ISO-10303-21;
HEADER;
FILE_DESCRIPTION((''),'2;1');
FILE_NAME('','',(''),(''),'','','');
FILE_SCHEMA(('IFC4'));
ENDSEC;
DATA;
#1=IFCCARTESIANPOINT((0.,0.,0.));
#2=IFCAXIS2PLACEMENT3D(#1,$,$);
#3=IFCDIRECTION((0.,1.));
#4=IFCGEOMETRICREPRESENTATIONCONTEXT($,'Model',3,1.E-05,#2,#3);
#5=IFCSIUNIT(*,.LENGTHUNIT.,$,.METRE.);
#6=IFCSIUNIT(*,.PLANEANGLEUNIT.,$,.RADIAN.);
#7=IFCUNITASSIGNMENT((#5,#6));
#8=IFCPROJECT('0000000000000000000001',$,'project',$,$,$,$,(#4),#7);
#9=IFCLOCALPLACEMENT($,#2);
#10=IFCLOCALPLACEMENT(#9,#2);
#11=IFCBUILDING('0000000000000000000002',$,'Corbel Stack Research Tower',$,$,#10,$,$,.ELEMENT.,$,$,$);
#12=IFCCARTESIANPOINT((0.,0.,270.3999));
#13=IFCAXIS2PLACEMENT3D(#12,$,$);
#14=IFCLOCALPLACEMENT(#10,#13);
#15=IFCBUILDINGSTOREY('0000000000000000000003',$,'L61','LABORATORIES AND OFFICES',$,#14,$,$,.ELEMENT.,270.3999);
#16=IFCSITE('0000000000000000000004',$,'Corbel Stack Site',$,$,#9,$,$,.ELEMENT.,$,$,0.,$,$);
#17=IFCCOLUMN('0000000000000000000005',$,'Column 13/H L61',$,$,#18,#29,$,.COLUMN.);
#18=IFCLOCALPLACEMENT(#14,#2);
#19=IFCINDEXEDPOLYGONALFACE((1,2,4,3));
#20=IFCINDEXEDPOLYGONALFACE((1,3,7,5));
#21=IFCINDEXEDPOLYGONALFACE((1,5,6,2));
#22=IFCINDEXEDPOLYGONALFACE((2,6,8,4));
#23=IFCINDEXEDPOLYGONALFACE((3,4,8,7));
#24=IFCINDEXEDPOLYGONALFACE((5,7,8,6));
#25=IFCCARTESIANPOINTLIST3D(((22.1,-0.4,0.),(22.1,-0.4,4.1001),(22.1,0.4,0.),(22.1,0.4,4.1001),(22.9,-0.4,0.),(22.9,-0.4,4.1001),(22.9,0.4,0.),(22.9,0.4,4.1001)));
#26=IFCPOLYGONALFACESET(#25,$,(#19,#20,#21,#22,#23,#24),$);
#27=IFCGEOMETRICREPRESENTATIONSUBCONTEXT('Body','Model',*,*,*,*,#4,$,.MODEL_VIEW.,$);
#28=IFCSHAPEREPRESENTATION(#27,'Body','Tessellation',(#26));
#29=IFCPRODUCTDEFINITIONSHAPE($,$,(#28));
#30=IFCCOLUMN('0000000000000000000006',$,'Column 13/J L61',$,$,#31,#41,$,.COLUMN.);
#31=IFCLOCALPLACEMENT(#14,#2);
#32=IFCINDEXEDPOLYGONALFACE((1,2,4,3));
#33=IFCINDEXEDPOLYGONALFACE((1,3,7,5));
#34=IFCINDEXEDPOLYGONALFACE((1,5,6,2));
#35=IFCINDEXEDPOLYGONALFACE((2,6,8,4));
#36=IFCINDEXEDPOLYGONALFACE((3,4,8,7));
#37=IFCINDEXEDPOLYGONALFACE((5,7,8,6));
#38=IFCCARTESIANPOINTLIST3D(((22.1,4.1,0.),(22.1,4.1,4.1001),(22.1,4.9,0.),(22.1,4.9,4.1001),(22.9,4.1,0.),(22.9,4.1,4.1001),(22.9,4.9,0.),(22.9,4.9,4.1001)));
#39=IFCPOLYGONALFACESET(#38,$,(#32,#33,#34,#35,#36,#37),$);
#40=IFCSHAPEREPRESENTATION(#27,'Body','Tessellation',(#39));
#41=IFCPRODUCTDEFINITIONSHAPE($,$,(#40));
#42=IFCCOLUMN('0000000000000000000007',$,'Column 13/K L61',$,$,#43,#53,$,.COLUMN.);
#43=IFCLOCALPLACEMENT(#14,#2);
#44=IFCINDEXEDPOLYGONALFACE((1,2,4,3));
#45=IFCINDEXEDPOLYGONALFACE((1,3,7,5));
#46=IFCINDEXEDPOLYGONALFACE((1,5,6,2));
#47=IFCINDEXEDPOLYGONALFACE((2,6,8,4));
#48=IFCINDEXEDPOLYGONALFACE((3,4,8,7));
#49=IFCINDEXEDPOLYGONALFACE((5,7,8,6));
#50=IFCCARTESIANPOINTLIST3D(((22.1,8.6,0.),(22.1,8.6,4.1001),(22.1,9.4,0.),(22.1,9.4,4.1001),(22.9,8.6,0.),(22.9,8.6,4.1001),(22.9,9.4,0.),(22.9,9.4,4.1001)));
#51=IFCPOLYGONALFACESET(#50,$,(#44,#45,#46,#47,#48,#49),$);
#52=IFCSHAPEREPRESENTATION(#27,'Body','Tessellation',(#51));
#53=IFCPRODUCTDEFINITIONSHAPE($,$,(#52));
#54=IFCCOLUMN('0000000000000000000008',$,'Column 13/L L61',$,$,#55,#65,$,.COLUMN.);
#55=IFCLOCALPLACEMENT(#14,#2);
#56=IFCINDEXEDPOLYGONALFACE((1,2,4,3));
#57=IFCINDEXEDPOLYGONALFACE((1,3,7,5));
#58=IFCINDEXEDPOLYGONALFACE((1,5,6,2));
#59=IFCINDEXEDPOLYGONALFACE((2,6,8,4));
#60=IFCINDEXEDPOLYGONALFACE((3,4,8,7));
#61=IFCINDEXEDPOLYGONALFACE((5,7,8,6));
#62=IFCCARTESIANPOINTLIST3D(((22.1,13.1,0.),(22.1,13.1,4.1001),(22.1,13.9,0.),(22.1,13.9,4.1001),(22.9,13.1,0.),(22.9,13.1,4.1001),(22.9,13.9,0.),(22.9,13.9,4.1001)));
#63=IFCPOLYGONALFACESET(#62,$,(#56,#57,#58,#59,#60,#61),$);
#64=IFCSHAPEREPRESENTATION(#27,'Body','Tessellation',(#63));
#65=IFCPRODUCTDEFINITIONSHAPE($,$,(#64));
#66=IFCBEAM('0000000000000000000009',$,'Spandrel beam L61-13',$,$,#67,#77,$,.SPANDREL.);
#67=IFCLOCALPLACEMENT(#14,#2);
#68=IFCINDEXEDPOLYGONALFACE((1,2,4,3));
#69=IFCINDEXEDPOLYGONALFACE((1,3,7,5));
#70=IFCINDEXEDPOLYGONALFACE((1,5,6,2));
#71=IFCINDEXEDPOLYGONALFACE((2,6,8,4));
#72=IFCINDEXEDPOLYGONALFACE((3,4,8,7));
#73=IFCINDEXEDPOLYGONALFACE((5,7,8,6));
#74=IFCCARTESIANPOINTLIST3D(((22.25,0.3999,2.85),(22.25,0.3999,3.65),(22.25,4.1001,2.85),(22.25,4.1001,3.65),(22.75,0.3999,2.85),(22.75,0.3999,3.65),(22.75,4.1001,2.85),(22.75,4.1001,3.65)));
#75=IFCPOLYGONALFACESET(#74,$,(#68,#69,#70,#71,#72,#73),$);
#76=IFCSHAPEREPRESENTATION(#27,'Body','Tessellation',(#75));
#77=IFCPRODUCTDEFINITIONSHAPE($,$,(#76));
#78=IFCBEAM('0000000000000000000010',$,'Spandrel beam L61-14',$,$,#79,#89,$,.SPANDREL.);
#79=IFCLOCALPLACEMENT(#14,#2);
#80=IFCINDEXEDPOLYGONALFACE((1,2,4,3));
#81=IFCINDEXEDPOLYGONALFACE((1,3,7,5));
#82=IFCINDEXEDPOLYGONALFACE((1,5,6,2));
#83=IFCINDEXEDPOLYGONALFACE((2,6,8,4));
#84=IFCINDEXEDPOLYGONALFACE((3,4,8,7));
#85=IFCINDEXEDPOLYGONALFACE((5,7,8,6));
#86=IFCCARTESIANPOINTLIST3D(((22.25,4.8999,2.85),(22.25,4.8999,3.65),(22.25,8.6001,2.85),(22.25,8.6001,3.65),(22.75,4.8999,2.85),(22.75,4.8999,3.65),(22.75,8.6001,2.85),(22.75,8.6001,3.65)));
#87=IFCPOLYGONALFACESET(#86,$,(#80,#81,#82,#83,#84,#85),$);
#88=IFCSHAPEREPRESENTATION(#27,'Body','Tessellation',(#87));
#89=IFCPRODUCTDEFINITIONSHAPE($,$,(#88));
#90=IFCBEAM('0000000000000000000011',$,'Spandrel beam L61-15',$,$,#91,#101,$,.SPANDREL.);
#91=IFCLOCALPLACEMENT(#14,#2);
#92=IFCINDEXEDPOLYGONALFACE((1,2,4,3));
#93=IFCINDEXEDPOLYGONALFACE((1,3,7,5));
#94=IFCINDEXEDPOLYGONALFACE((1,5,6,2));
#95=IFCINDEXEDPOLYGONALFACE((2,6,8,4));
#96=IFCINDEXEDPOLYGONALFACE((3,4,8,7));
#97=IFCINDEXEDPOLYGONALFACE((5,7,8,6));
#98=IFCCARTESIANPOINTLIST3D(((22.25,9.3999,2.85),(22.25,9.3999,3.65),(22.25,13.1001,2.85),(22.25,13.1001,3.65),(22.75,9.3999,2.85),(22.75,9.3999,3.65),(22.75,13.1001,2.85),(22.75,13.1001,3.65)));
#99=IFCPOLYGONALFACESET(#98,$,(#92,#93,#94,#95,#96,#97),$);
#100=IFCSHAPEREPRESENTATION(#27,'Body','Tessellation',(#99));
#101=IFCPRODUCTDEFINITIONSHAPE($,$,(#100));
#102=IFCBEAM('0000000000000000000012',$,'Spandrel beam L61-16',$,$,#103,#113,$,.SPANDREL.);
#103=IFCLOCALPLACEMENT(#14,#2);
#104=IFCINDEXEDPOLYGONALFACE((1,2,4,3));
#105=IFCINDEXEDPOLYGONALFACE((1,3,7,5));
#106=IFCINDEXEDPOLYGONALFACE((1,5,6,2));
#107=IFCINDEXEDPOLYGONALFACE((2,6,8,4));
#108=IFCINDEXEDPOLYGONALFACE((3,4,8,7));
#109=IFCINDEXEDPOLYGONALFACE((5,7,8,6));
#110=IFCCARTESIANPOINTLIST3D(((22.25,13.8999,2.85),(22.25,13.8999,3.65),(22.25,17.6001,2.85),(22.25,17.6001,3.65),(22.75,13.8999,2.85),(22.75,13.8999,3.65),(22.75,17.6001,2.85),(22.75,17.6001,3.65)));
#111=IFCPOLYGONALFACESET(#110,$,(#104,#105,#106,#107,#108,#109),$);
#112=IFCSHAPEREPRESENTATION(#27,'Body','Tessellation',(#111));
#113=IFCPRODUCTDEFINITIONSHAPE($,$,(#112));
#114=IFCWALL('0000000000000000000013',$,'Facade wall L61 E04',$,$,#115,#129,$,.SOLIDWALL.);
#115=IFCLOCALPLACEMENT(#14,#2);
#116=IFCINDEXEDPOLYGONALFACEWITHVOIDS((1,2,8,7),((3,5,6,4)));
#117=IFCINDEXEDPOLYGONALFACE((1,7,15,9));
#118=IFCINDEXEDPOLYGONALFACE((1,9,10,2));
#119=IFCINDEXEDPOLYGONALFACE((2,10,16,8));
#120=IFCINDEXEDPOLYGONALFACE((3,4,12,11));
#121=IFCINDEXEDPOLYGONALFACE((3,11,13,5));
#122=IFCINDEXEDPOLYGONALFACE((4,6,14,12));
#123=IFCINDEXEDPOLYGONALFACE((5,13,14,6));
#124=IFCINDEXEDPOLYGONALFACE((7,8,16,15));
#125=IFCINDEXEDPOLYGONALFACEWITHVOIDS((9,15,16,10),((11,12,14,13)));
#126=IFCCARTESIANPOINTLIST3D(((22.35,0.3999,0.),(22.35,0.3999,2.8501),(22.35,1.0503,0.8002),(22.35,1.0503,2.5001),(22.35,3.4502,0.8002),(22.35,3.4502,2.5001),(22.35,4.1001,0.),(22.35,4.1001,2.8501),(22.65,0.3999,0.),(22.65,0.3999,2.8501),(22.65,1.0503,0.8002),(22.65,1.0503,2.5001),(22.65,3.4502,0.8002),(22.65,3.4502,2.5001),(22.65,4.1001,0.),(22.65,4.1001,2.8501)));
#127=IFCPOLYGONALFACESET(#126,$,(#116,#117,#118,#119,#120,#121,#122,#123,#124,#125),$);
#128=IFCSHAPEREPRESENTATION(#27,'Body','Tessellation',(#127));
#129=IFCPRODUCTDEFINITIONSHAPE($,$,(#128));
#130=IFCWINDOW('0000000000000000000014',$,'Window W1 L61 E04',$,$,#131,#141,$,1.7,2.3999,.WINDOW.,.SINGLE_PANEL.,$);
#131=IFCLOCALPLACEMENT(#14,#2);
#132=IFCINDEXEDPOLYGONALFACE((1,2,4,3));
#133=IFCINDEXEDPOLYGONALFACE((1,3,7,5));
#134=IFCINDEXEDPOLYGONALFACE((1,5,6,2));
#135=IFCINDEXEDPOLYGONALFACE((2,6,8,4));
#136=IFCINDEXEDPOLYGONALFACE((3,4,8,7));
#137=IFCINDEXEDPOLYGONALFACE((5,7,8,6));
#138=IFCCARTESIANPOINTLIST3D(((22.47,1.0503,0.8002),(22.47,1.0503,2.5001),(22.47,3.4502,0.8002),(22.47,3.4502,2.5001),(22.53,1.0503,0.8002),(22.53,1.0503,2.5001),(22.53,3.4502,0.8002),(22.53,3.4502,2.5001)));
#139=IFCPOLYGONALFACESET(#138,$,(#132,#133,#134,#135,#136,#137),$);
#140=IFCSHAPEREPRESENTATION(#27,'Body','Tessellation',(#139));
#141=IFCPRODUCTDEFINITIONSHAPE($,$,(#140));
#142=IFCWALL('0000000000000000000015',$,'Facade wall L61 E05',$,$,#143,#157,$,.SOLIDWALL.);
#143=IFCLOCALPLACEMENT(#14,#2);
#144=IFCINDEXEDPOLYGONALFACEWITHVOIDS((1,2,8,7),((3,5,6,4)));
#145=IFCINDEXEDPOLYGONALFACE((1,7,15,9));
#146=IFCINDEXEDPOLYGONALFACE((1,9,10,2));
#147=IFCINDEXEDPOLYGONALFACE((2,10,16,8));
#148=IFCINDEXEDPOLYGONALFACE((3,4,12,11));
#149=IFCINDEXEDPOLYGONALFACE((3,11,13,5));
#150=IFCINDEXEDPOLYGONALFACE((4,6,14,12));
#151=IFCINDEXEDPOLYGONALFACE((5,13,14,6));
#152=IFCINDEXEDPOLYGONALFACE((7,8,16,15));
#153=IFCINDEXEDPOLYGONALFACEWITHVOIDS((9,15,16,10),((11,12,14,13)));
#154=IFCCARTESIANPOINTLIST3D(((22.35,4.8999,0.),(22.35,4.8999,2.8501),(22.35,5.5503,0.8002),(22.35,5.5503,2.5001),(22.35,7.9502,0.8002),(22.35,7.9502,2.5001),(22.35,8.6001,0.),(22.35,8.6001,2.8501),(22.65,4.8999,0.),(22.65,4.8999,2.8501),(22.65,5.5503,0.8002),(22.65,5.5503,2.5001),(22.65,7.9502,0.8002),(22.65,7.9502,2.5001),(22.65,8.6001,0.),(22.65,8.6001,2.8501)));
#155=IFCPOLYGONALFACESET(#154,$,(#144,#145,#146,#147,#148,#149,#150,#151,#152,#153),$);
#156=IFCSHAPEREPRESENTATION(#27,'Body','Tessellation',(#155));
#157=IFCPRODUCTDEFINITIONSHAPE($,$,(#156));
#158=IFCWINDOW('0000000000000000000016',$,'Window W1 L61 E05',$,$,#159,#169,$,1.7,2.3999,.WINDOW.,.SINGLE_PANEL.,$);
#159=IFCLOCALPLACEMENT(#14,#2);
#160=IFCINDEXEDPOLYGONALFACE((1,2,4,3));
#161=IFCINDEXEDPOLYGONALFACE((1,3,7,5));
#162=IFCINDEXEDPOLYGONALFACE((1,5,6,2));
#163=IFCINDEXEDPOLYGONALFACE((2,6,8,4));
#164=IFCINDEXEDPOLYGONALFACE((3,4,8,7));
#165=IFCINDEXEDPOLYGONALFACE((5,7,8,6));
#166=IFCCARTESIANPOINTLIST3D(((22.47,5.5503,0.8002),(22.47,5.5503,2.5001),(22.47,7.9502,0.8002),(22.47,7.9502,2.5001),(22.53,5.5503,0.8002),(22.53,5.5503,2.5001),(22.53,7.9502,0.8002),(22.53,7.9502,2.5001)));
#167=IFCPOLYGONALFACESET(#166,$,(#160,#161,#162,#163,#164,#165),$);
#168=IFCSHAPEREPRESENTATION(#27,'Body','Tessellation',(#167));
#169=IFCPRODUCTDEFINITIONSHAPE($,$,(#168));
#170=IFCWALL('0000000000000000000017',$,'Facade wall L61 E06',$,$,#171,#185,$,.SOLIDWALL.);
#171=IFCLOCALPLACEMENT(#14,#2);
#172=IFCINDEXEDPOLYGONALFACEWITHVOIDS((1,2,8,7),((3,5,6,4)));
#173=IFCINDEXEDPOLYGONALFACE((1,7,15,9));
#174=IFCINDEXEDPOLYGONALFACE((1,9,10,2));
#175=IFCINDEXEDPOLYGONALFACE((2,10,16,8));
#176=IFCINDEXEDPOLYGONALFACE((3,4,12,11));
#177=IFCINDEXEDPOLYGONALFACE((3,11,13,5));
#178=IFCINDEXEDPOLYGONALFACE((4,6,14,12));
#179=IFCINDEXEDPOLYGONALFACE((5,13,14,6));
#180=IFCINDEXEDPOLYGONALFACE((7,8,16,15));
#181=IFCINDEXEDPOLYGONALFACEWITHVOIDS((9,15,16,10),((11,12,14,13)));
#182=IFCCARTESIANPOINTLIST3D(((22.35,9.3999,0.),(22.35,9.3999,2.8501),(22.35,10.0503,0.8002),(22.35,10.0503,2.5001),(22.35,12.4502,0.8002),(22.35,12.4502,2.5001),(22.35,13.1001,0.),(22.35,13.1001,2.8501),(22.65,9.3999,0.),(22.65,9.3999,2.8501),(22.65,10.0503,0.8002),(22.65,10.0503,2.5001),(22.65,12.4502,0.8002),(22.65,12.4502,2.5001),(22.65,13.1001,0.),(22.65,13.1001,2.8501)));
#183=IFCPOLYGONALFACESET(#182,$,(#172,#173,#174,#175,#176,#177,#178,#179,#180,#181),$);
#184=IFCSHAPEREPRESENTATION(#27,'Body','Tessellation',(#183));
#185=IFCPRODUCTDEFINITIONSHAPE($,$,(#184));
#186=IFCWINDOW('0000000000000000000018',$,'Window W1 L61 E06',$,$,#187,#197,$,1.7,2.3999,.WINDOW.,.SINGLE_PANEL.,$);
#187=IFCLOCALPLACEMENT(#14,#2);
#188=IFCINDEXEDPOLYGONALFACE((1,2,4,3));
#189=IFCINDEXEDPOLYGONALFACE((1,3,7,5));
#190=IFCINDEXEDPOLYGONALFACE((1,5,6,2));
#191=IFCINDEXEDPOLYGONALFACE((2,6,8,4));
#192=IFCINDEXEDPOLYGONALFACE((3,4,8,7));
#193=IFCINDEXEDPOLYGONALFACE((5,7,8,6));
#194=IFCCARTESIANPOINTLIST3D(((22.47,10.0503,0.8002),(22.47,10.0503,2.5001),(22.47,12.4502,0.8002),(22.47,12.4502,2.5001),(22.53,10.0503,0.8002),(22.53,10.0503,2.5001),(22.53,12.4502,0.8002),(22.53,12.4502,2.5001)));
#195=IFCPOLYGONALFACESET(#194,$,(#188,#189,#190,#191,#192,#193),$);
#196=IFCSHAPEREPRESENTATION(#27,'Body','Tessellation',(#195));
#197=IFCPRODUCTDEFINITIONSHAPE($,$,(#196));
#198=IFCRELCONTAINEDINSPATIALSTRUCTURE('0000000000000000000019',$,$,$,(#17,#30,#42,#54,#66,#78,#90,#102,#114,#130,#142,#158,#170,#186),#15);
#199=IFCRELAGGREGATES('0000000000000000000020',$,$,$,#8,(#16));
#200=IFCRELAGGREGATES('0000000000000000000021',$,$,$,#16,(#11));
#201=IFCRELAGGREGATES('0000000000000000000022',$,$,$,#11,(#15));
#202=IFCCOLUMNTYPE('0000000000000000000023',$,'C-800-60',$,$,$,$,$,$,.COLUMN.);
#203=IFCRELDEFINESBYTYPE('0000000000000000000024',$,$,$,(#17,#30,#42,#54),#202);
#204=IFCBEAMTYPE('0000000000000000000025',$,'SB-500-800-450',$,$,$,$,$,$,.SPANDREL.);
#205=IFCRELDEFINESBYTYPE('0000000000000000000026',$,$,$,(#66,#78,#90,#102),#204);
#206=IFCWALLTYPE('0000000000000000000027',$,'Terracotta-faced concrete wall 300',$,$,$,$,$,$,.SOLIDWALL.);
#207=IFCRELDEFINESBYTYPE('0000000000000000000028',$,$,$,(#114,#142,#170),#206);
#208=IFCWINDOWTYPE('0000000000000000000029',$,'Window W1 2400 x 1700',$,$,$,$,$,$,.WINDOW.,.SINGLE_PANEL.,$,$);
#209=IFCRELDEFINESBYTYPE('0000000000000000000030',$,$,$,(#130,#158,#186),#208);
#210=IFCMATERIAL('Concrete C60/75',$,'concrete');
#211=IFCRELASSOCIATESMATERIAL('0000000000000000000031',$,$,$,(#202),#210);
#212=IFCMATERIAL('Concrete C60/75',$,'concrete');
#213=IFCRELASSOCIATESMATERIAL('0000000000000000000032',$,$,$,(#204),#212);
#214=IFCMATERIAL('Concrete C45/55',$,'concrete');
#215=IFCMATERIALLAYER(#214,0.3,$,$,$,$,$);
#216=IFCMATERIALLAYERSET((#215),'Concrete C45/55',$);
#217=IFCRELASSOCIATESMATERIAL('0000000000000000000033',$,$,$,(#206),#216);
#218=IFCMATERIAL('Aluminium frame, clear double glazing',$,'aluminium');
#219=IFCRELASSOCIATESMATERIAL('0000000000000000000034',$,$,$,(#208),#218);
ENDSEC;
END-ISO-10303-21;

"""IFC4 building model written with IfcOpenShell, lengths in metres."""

from ifc_helpers import new_model, si_unit, direction, frame, frame_2d, origin, origin_2d, place, context, subcontext, project, spatial, rectangle, extrude, material, layer, layer_set, material_profile, profile_set, type_object, element, fill, save


model = new_model("IFC4")

# Units and contexts
model_context = context("Model", 3, precision=1e-05, world=origin(), true_north=direction((0.0, 1.0)))
body_context = subcontext(model_context, "Body", "Model", "MODEL_VIEW")
ifc_project = project(units=[si_unit("LENGTHUNIT", "METRE"), si_unit("PLANEANGLEUNIT", "RADIAN")], contexts=[model_context])

# Site, building, storey
site_placement = place(None, origin())
site = spatial("IfcSite", under=ifc_project, at=site_placement, Name="Corbel Stack Site", CompositionType="ELEMENT", RefElevation=0.0)
building_placement = place(site_placement, origin())
building = spatial("IfcBuilding", under=site, at=building_placement, Name="Corbel Stack Research Tower", CompositionType="ELEMENT")
storey_placement = place(building_placement, frame((0.0, 0.0, 270.3999)))
storey = spatial("IfcBuildingStorey", under=building, at=storey_placement, Name="L61", Description="LABORATORIES AND OFFICES", CompositionType="ELEMENT", Elevation=270.3999)

# Columns
ifc_material_1 = material(Name="Concrete C60/75", Category="concrete")
ifc_material_profile_1 = material_profile(ifc_material_1, rectangle(XDim=0.8, YDim=0.8, at=origin_2d()), Name="RC 800 x 800")
ifc_profile_set_1 = profile_set([ifc_material_profile_1], Name="Concrete C60/75")
column_type = type_object("IfcColumnType", Name="C-800-60", PredefinedType="COLUMN", material=ifc_profile_set_1)
for number, where, z_axis, x_axis, name in (
    (1, (22.5, 0.0, 0.0), (0.0, 0.0, 1.0), (1.0, 0.0, 0.0), "Column 13/H L61"),
    (2, (22.5, 4.5, 0.0), (0.0, 0.0, 1.0), (1.0, 0.0, 0.0), "Column 13/J L61"),
    (3, (22.5, 9.0, 0.0), (0.0, 0.0, 1.0), (1.0, 0.0, 0.0), "Column 13/K L61"),
    (4, (22.5, 13.5, 0.0), (0.0, 0.0, 1.0), (1.0, 0.0, 0.0), "Column 13/L L61"),
):
    element("IfcColumn", number, at=place(storey_placement, frame(where, z_axis=z_axis, x_axis=x_axis)), inside=storey, type_object=column_type, Name=name, PredefinedType="COLUMN", context=body_context, shape_type="SweptSolid", body=[
        extrude(rectangle(XDim=0.8, YDim=0.8, at=origin_2d()), origin(), (0.0, 0.0, 1.0), 4.1001),
    ])

# Beams
ifc_material_2 = material(Name="Concrete C60/75", Category="concrete")
ifc_material_profile_2 = material_profile(ifc_material_2, rectangle(XDim=0.5, YDim=0.8, at=origin_2d()), Name="RC 500 x 800")
ifc_profile_set_2 = profile_set([ifc_material_profile_2], Name="Concrete C60/75")
beam_type = type_object("IfcBeamType", Name="SB-500-800-450", PredefinedType="SPANDREL", material=ifc_profile_set_2)
for number, where, z_axis, x_axis, name in (
    (5, (22.5, 0.3999, 3.25), (0.0, 1.0, 0.0), (-1.0, 0.0, 0.0), "Spandrel beam L61-13"),
    (6, (22.5, 4.8999, 3.25), (0.0, 1.0, 0.0), (-1.0, 0.0, 0.0), "Spandrel beam L61-14"),
    (7, (22.5, 9.3999, 3.25), (0.0, 1.0, 0.0), (-1.0, 0.0, 0.0), "Spandrel beam L61-15"),
    (8, (22.5, 13.8999, 3.25), (0.0, 1.0, 0.0), (-1.0, 0.0, 0.0), "Spandrel beam L61-16"),
):
    element("IfcBeam", number, at=place(storey_placement, frame(where, z_axis=z_axis, x_axis=x_axis)), inside=storey, type_object=beam_type, Name=name, PredefinedType="SPANDREL", context=body_context, shape_type="SweptSolid", body=[
        extrude(rectangle(XDim=0.5, YDim=0.8, at=origin_2d()), origin(), (0.0, 0.0, 1.0), 3.7002),
    ])

# Walls, openings, windows
ifc_material_3 = material(Name="Concrete C45/55", Category="concrete")
ifc_layer = layer(ifc_material_3, 0.3)
ifc_layer_set = layer_set([ifc_layer], Name="Concrete C45/55")
wall_type = type_object("IfcWallType", Name="Terracotta-faced concrete wall 300", PredefinedType="SOLIDWALL", material=ifc_layer_set)
wall_1_placement = place(storey_placement, frame((22.5, 4.1001, 0.0), z_axis=(0.0, 0.0, 1.0), x_axis=(0.0, -1.0, 0.0)))
wall_1 = element("IfcWall", 9, at=wall_1_placement, inside=storey, type_object=wall_type, Name="Facade wall L61 E04", PredefinedType="SOLIDWALL", context=body_context, shape_type="SweptSolid", body=[
    extrude(rectangle(XDim=3.7002, YDim=0.3, at=frame_2d((1.8501, 0.0))), origin(), (0.0, 0.0, 1.0), 2.8501),
])
opening_1_placement = place(wall_1_placement, frame((0.6499, 0.0, 0.8)))
opening_1 = element("IfcOpeningElement", 10, at=opening_1_placement, cuts=wall_1, PredefinedType="OPENING", context=body_context, shape_type="SweptSolid", body=[
    extrude(rectangle(XDim=2.3999, YDim=1.7, at=frame_2d((1.2, 0.8501))), frame((0.0, 0.1599, 0.0), z_axis=(0.0, -1.0, 0.0), x_axis=(1.0, 0.0, 0.0)), (0.0, 0.0, 1.0), 0.3201),
])
ifc_material_4 = material(Name="Aluminium frame, clear double glazing", Category="aluminium")
window_type = type_object("IfcWindowType", Name="Window W1 2400 x 1700", PartitioningType="SINGLE_PANEL", PredefinedType="WINDOW", material=ifc_material_4)
window_1_placement = place(opening_1_placement, origin())
window_1 = element("IfcWindow", 11, at=window_1_placement, inside=storey, type_object=window_type, Name="Window W1 L61 E04", OverallHeight=1.7, OverallWidth=2.3999, PartitioningType="SINGLE_PANEL", PredefinedType="WINDOW", context=body_context, shape_type="SweptSolid", body=[
    extrude(rectangle(XDim=2.3999, YDim=1.7, at=frame_2d((1.2, 0.8501))), frame((0.0, 0.03, 0.0), z_axis=(0.0, -1.0, 0.0), x_axis=(1.0, 0.0, 0.0)), (0.0, 0.0, 1.0), 0.0601),
])
fill(opening_1, window_1)
wall_2_placement = place(storey_placement, frame((22.5, 8.6001, 0.0), z_axis=(0.0, 0.0, 1.0), x_axis=(0.0, -1.0, 0.0)))
wall_2 = element("IfcWall", 12, at=wall_2_placement, inside=storey, type_object=wall_type, Name="Facade wall L61 E05", PredefinedType="SOLIDWALL", context=body_context, shape_type="SweptSolid", body=[
    extrude(rectangle(XDim=3.7002, YDim=0.3, at=frame_2d((1.8501, 0.0))), origin(), (0.0, 0.0, 1.0), 2.8501),
])
opening_2_placement = place(wall_2_placement, frame((0.6499, 0.0, 0.8)))
opening_2 = element("IfcOpeningElement", 13, at=opening_2_placement, cuts=wall_2, PredefinedType="OPENING", context=body_context, shape_type="SweptSolid", body=[
    extrude(rectangle(XDim=2.3999, YDim=1.7, at=frame_2d((1.2, 0.8501))), frame((0.0, 0.1599, 0.0), z_axis=(0.0, -1.0, 0.0), x_axis=(1.0, 0.0, 0.0)), (0.0, 0.0, 1.0), 0.3201),
])
window_2_placement = place(opening_2_placement, origin())
window_2 = element("IfcWindow", 14, at=window_2_placement, inside=storey, type_object=window_type, Name="Window W1 L61 E05", OverallHeight=1.7, OverallWidth=2.3999, PartitioningType="SINGLE_PANEL", PredefinedType="WINDOW", context=body_context, shape_type="SweptSolid", body=[
    extrude(rectangle(XDim=2.3999, YDim=1.7, at=frame_2d((1.2, 0.8501))), frame((0.0, 0.03, 0.0), z_axis=(0.0, -1.0, 0.0), x_axis=(1.0, 0.0, 0.0)), (0.0, 0.0, 1.0), 0.0601),
])
fill(opening_2, window_2)
wall_3_placement = place(storey_placement, frame((22.5, 13.1001, 0.0), z_axis=(0.0, 0.0, 1.0), x_axis=(0.0, -1.0, 0.0)))
wall_3 = element("IfcWall", 15, at=wall_3_placement, inside=storey, type_object=wall_type, Name="Facade wall L61 E06", PredefinedType="SOLIDWALL", context=body_context, shape_type="SweptSolid", body=[
    extrude(rectangle(XDim=3.7002, YDim=0.3, at=frame_2d((1.8501, 0.0))), origin(), (0.0, 0.0, 1.0), 2.8501),
])
opening_3_placement = place(wall_3_placement, frame((0.6499, 0.0, 0.8)))
opening_3 = element("IfcOpeningElement", 16, at=opening_3_placement, cuts=wall_3, PredefinedType="OPENING", context=body_context, shape_type="SweptSolid", body=[
    extrude(rectangle(XDim=2.3999, YDim=1.7, at=frame_2d((1.2, 0.8501))), frame((0.0, 0.1599, 0.0), z_axis=(0.0, -1.0, 0.0), x_axis=(1.0, 0.0, 0.0)), (0.0, 0.0, 1.0), 0.3201),
])
window_3_placement = place(opening_3_placement, origin())
window_3 = element("IfcWindow", 17, at=window_3_placement, inside=storey, type_object=window_type, Name="Window W1 L61 E06", OverallHeight=1.7, OverallWidth=2.3999, PartitioningType="SINGLE_PANEL", PredefinedType="WINDOW", context=body_context, shape_type="SweptSolid", body=[
    extrude(rectangle(XDim=2.3999, YDim=1.7, at=frame_2d((1.2, 0.8501))), frame((0.0, 0.03, 0.0), z_axis=(0.0, -1.0, 0.0), x_axis=(1.0, 0.0, 0.0)), (0.0, 0.0, 1.0), 0.0601),
])
fill(opening_3, window_3)

save(model, "model.ifc")
